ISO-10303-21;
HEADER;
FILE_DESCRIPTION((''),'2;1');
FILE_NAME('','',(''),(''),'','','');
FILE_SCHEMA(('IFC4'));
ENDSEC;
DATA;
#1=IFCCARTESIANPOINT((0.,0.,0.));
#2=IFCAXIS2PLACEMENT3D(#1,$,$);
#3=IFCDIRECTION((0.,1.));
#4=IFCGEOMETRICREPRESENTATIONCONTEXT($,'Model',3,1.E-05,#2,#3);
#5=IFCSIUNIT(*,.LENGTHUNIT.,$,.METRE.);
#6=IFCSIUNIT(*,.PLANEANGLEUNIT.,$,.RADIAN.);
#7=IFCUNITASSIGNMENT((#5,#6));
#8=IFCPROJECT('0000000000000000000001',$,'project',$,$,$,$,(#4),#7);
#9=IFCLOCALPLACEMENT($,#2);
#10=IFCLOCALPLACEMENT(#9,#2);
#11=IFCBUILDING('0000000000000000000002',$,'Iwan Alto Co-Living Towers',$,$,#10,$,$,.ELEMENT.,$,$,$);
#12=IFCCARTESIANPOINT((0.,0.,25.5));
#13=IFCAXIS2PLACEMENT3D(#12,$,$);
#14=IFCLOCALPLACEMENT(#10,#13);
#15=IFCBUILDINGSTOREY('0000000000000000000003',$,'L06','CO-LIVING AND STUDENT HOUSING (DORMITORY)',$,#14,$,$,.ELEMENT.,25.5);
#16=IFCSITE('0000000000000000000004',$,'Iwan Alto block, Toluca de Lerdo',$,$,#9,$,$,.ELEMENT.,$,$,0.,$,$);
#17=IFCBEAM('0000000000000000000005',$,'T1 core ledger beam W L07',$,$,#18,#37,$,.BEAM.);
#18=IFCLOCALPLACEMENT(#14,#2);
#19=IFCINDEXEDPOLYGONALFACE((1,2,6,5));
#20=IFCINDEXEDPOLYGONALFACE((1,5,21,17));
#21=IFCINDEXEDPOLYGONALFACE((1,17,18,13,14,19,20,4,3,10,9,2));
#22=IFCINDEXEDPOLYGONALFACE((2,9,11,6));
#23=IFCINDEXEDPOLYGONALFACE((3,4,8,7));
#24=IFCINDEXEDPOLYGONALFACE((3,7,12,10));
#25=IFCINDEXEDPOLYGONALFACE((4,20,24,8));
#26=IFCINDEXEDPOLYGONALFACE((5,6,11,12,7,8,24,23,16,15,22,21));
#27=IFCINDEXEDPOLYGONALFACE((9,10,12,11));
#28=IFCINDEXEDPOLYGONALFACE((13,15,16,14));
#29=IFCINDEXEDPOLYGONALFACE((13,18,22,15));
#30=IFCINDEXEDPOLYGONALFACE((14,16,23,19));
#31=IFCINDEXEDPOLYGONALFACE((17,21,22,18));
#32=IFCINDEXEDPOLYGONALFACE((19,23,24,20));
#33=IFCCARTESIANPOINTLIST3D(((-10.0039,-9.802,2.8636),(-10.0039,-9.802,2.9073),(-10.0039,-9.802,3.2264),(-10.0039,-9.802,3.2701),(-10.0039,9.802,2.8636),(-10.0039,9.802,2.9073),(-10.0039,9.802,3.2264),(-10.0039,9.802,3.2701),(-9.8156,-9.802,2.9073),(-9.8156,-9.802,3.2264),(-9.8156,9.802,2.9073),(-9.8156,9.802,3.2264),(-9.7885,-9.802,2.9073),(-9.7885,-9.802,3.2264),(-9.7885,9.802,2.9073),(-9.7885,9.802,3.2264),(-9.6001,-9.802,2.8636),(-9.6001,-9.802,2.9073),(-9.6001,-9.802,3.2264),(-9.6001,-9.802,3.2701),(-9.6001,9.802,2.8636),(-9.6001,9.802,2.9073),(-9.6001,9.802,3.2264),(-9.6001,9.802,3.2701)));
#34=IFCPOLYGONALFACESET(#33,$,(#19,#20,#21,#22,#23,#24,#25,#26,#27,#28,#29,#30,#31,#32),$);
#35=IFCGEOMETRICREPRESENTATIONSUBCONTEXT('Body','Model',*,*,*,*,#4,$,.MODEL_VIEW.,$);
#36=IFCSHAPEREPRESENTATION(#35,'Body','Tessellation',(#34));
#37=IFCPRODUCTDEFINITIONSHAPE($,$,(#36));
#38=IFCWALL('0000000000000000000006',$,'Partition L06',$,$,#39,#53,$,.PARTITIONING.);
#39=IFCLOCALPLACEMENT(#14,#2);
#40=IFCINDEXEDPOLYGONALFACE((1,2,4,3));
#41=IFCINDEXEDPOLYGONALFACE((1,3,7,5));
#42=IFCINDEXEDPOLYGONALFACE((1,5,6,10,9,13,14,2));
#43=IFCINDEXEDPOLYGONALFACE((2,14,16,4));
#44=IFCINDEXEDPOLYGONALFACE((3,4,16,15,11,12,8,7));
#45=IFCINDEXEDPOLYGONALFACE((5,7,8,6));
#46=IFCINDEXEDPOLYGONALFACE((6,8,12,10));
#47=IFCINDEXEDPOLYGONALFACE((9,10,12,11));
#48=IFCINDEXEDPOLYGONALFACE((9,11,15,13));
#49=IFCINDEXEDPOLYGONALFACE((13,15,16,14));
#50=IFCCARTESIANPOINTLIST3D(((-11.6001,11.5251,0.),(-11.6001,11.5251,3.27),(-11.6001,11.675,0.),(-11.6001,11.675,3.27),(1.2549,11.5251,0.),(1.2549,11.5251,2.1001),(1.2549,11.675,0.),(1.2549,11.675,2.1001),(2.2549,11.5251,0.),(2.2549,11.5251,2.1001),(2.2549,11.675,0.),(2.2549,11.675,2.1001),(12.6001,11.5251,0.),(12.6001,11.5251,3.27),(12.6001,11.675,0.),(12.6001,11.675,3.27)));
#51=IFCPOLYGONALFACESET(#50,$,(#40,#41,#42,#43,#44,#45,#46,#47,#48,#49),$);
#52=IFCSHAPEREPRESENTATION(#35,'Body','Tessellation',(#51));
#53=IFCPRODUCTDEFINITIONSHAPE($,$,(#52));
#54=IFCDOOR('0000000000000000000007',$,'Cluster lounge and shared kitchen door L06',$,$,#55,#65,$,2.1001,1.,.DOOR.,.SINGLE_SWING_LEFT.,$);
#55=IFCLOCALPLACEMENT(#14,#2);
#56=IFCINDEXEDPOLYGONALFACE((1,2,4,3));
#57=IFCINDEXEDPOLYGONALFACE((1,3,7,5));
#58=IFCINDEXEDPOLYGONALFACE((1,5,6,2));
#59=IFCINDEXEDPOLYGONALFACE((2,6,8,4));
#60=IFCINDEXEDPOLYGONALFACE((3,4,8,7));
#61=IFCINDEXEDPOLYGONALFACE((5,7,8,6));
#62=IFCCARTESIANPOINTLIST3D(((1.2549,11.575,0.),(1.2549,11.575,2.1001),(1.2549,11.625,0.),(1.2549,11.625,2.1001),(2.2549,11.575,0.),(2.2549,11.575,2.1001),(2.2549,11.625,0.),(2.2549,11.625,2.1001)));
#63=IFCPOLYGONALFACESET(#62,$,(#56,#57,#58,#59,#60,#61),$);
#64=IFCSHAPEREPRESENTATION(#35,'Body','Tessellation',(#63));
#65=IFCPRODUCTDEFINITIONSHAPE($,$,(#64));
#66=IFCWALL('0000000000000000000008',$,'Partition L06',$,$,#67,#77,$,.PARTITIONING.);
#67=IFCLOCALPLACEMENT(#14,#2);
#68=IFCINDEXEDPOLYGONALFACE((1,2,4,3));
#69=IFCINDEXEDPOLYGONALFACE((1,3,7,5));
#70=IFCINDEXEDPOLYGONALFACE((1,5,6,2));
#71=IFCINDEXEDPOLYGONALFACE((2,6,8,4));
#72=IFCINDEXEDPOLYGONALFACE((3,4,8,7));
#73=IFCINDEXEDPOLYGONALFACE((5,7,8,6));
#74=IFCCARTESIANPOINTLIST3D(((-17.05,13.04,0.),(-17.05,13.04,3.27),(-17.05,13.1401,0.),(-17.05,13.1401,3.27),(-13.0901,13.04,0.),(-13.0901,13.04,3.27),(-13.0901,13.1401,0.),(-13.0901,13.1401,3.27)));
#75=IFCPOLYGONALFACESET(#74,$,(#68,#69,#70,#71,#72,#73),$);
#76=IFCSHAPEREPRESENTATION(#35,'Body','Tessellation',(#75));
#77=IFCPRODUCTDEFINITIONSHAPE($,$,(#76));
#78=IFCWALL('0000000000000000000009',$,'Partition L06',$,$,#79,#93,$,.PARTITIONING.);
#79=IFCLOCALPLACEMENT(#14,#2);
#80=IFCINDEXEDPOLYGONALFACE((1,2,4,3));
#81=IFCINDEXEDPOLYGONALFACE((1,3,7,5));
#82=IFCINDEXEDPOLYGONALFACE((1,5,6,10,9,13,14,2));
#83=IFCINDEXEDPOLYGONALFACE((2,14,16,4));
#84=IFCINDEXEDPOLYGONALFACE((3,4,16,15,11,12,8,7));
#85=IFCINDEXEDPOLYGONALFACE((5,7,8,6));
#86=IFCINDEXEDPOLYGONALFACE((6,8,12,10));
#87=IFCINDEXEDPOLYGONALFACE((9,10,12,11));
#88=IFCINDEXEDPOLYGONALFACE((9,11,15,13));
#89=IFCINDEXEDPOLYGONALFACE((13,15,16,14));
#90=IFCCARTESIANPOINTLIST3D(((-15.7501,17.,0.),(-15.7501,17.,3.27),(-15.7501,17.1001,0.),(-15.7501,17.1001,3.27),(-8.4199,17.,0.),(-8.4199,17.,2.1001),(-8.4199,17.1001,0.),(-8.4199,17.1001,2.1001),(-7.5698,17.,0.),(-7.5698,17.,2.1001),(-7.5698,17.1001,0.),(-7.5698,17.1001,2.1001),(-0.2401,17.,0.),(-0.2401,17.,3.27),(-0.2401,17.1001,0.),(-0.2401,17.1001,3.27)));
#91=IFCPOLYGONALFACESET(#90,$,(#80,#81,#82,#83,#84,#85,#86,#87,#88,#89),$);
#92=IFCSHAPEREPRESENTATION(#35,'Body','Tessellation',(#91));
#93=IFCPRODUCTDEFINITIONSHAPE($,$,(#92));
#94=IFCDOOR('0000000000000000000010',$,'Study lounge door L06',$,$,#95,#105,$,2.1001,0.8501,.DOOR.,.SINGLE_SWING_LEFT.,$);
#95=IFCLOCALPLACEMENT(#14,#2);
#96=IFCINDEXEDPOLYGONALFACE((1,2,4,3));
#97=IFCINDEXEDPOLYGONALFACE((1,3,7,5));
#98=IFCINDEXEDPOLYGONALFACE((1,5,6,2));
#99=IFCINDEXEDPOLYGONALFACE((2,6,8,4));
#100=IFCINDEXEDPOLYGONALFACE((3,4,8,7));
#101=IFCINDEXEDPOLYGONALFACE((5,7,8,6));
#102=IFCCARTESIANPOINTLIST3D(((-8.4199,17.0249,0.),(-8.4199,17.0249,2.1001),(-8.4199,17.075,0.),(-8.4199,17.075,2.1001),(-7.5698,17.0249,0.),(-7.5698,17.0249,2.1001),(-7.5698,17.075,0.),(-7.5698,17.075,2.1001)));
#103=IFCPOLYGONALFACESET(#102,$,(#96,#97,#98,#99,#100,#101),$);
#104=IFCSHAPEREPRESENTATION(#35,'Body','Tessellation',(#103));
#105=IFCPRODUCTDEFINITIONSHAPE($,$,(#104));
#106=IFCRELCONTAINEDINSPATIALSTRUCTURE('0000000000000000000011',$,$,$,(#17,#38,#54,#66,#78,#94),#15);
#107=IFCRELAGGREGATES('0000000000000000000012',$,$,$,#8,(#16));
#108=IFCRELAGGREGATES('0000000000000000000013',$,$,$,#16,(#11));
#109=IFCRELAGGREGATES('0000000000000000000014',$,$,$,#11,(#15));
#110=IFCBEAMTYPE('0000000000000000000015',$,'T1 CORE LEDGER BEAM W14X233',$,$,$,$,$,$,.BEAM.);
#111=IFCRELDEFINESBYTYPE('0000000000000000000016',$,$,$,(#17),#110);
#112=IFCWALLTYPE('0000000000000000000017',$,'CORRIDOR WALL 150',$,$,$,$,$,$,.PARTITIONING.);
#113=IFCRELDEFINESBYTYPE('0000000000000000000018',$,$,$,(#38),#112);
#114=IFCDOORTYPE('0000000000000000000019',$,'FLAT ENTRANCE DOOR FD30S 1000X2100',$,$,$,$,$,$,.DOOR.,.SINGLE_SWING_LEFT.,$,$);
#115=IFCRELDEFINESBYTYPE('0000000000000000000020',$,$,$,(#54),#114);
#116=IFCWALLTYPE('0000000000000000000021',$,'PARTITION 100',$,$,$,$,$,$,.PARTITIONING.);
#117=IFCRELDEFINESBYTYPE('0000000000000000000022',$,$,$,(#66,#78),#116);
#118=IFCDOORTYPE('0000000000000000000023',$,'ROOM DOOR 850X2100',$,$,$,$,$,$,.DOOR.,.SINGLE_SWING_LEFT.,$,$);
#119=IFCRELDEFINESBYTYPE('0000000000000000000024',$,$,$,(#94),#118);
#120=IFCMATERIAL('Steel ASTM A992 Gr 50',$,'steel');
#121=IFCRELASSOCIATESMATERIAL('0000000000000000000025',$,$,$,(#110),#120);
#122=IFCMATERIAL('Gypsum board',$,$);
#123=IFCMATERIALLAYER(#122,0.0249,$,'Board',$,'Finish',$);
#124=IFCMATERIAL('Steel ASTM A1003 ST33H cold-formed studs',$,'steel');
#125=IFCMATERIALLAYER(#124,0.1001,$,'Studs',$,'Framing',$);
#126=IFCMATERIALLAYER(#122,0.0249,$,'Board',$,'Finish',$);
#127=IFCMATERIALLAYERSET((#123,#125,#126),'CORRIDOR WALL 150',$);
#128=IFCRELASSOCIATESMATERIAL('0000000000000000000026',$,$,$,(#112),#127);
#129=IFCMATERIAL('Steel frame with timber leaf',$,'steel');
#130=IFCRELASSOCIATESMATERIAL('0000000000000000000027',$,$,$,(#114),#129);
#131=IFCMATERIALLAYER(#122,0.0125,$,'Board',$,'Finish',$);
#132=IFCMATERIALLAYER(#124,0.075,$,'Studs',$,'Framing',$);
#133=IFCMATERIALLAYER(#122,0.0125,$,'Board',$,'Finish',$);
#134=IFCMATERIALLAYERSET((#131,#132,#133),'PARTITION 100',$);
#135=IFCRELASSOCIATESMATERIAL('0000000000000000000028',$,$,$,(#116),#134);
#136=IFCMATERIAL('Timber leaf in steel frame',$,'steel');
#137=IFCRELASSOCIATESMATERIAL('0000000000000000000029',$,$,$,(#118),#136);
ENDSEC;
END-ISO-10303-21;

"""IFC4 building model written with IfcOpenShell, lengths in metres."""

from ifc_helpers import new_model, si_unit, direction, frame, frame_2d, origin, origin_2d, place, context, subcontext, project, spatial, rectangle, i_section, extrude, material, layer, layer_set, material_profile, profile_set, type_object, element, fill, save


model = new_model("IFC4")

# Units and contexts
model_context = context("Model", 3, precision=1e-05, world=origin(), true_north=direction((0.0, 1.0)))
body_context = subcontext(model_context, "Body", "Model", "MODEL_VIEW")
ifc_project = project(units=[si_unit("LENGTHUNIT", "METRE"), si_unit("PLANEANGLEUNIT", "RADIAN")], contexts=[model_context])

# Site, building, storey
site_placement = place(None, origin())
site = spatial("IfcSite", under=ifc_project, at=site_placement, Name="Iwan Alto block, Toluca de Lerdo", CompositionType="ELEMENT", RefElevation=0.0)
building_placement = place(site_placement, origin())
building = spatial("IfcBuilding", under=site, at=building_placement, Name="Iwan Alto Co-Living Towers", CompositionType="ELEMENT")
storey_placement = place(building_placement, frame((0.0, 0.0, 25.5)))
storey = spatial("IfcBuildingStorey", under=building, at=storey_placement, Name="L06", Description="CO-LIVING AND STUDENT HOUSING (DORMITORY)", CompositionType="ELEMENT", Elevation=25.5)

# Beam
ifc_material_1 = material(Name="Steel ASTM A992 Gr 50", Category="steel")
ifc_material_profile = material_profile(ifc_material_1, i_section(OverallWidth=0.4038, OverallDepth=0.4065, WebThickness=0.0271, FlangeThickness=0.0437, at=origin_2d()), Name="W14X233")
ifc_profile_set = profile_set([ifc_material_profile], Name="Steel ASTM A992 Gr 50")
beam_type = type_object("IfcBeamType", Name="T1 CORE LEDGER BEAM W14X233", PredefinedType="BEAM", material=ifc_profile_set)
beam_placement = place(storey_placement, frame((-9.802, 9.802, 3.0669), z_axis=(0.0, -1.0, 0.0), x_axis=(1.0, 0.0, 0.0)))
element("IfcBeam", 1, at=beam_placement, inside=storey, type_object=beam_type, Name="T1 core ledger beam W L07", PredefinedType="BEAM", context=body_context, shape_type="SweptSolid", body=[
    extrude(i_section(OverallWidth=0.4038, OverallDepth=0.4065, WebThickness=0.0271, FlangeThickness=0.0437, at=origin_2d()), origin(), (0.0, 0.0, 1.0), 19.604),
])

# Wall, opening, door
ifc_material_2 = material(Name="Gypsum board")
ifc_layer_1 = layer(ifc_material_2, 0.0249, Name="Board", Category="Finish")
ifc_material_3 = material(Name="Steel ASTM A1003 ST33H cold-formed studs", Category="steel")
ifc_layer_2 = layer(ifc_material_3, 0.1001, Name="Studs", Category="Framing")
ifc_layer_3 = layer(ifc_material_2, 0.0249, Name="Board", Category="Finish")
ifc_layer_set_1 = layer_set([ifc_layer_1, ifc_layer_2, ifc_layer_3], Name="CORRIDOR WALL 150")
wall_type_1 = type_object("IfcWallType", Name="CORRIDOR WALL 150", PredefinedType="PARTITIONING", material=ifc_layer_set_1)
wall_1_placement = place(storey_placement, frame((-11.6001, 11.6001, 0.0), z_axis=(0.0, 0.0, 1.0), x_axis=(1.0, 0.0, 0.0)))
wall_1 = element("IfcWall", 2, at=wall_1_placement, inside=storey, type_object=wall_type_1, Name="Partition L06", PredefinedType="PARTITIONING", context=body_context, shape_type="SweptSolid", body=[
    extrude(rectangle(XDim=24.2002, YDim=0.1499, at=frame_2d((12.1001, 0.0))), origin(), (0.0, 0.0, 1.0), 3.27),
])
opening_1_placement = place(wall_1_placement, frame((12.855, 0.0, 0.0)))
opening_1 = element("IfcOpeningElement", 3, at=opening_1_placement, cuts=wall_1, PredefinedType="OPENING", context=body_context, shape_type="SweptSolid", body=[
    extrude(rectangle(XDim=1.0, YDim=2.1001, at=frame_2d((0.5, 1.05))), frame((0.0, 0.085, 0.0), z_axis=(0.0, -1.0, 0.0), x_axis=(1.0, 0.0, 0.0)), (0.0, 0.0, 1.0), 0.1699),
])
ifc_material_4 = material(Name="Steel frame with timber leaf", Category="steel")
door_type_1 = type_object("IfcDoorType", Name="FLAT ENTRANCE DOOR FD30S 1000X2100", OperationType="SINGLE_SWING_LEFT", PredefinedType="DOOR", material=ifc_material_4)
door_1_placement = place(opening_1_placement, origin())
door_1 = element("IfcDoor", 4, at=door_1_placement, inside=storey, type_object=door_type_1, Name="Cluster lounge and shared kitchen door L06", OperationType="SINGLE_SWING_LEFT", OverallHeight=2.1001, OverallWidth=1.0, PredefinedType="DOOR", context=body_context, shape_type="SweptSolid", body=[
    extrude(rectangle(XDim=1.0, YDim=2.1001, at=frame_2d((0.5, 1.05))), frame((0.0, 0.0249, 0.0), z_axis=(0.0, -1.0, 0.0), x_axis=(1.0, 0.0, 0.0)), (0.0, 0.0, 1.0), 0.05),
])
fill(opening_1, door_1)

# Wall
ifc_layer_4 = layer(ifc_material_2, 0.0125, Name="Board", Category="Finish")
ifc_layer_5 = layer(ifc_material_3, 0.075, Name="Studs", Category="Framing")
ifc_layer_6 = layer(ifc_material_2, 0.0125, Name="Board", Category="Finish")
ifc_layer_set_2 = layer_set([ifc_layer_4, ifc_layer_5, ifc_layer_6], Name="PARTITION 100")
wall_type_2 = type_object("IfcWallType", Name="PARTITION 100", PredefinedType="PARTITIONING", material=ifc_layer_set_2)
wall_2_placement = place(storey_placement, frame((-17.05, 13.0901, 0.0), z_axis=(0.0, 0.0, 1.0), x_axis=(1.0, 0.0, 0.0)))
element("IfcWall", 5, at=wall_2_placement, inside=storey, type_object=wall_type_2, Name="Partition L06", PredefinedType="PARTITIONING", context=body_context, shape_type="SweptSolid", body=[
    extrude(rectangle(XDim=3.96, YDim=0.1001, at=frame_2d((1.98, 0.0))), origin(), (0.0, 0.0, 1.0), 3.27),
])

# Wall, opening, door
wall_3_placement = place(storey_placement, frame((-15.75, 17.05, 0.0), z_axis=(0.0, 0.0, 1.0), x_axis=(1.0, 0.0, 0.0)))
wall_3 = element("IfcWall", 6, at=wall_3_placement, inside=storey, type_object=wall_type_2, Name="Partition L06", PredefinedType="PARTITIONING", context=body_context, shape_type="SweptSolid", body=[
    extrude(rectangle(XDim=15.51, YDim=0.1001, at=frame_2d((7.7549, 0.0))), origin(), (0.0, 0.0, 1.0), 3.27),
])
opening_2_placement = place(wall_3_placement, frame((7.3301, 0.0, 0.0)))
opening_2 = element("IfcOpeningElement", 7, at=opening_2_placement, cuts=wall_3, PredefinedType="OPENING", context=body_context, shape_type="SweptSolid", body=[
    extrude(rectangle(XDim=0.8501, YDim=2.1001, at=frame_2d((0.425, 1.05))), frame((0.0, 0.0601, 0.0), z_axis=(0.0, -1.0, 0.0), x_axis=(1.0, 0.0, 0.0)), (0.0, 0.0, 1.0), 0.1201),
])
ifc_material_5 = material(Name="Timber leaf in steel frame", Category="steel")
door_type_2 = type_object("IfcDoorType", Name="ROOM DOOR 850X2100", OperationType="SINGLE_SWING_LEFT", PredefinedType="DOOR", material=ifc_material_5)
door_2_placement = place(opening_2_placement, origin())
door_2 = element("IfcDoor", 8, at=door_2_placement, inside=storey, type_object=door_type_2, Name="Study lounge door L06", OperationType="SINGLE_SWING_LEFT", OverallHeight=2.1001, OverallWidth=0.8501, PredefinedType="DOOR", context=body_context, shape_type="SweptSolid", body=[
    extrude(rectangle(XDim=0.8501, YDim=2.1001, at=frame_2d((0.425, 1.05))), frame((0.0, 0.0249, 0.0), z_axis=(0.0, -1.0, 0.0), x_axis=(1.0, 0.0, 0.0)), (0.0, 0.0, 1.0), 0.05),
])
fill(opening_2, door_2)

save(model, "model.ifc")
